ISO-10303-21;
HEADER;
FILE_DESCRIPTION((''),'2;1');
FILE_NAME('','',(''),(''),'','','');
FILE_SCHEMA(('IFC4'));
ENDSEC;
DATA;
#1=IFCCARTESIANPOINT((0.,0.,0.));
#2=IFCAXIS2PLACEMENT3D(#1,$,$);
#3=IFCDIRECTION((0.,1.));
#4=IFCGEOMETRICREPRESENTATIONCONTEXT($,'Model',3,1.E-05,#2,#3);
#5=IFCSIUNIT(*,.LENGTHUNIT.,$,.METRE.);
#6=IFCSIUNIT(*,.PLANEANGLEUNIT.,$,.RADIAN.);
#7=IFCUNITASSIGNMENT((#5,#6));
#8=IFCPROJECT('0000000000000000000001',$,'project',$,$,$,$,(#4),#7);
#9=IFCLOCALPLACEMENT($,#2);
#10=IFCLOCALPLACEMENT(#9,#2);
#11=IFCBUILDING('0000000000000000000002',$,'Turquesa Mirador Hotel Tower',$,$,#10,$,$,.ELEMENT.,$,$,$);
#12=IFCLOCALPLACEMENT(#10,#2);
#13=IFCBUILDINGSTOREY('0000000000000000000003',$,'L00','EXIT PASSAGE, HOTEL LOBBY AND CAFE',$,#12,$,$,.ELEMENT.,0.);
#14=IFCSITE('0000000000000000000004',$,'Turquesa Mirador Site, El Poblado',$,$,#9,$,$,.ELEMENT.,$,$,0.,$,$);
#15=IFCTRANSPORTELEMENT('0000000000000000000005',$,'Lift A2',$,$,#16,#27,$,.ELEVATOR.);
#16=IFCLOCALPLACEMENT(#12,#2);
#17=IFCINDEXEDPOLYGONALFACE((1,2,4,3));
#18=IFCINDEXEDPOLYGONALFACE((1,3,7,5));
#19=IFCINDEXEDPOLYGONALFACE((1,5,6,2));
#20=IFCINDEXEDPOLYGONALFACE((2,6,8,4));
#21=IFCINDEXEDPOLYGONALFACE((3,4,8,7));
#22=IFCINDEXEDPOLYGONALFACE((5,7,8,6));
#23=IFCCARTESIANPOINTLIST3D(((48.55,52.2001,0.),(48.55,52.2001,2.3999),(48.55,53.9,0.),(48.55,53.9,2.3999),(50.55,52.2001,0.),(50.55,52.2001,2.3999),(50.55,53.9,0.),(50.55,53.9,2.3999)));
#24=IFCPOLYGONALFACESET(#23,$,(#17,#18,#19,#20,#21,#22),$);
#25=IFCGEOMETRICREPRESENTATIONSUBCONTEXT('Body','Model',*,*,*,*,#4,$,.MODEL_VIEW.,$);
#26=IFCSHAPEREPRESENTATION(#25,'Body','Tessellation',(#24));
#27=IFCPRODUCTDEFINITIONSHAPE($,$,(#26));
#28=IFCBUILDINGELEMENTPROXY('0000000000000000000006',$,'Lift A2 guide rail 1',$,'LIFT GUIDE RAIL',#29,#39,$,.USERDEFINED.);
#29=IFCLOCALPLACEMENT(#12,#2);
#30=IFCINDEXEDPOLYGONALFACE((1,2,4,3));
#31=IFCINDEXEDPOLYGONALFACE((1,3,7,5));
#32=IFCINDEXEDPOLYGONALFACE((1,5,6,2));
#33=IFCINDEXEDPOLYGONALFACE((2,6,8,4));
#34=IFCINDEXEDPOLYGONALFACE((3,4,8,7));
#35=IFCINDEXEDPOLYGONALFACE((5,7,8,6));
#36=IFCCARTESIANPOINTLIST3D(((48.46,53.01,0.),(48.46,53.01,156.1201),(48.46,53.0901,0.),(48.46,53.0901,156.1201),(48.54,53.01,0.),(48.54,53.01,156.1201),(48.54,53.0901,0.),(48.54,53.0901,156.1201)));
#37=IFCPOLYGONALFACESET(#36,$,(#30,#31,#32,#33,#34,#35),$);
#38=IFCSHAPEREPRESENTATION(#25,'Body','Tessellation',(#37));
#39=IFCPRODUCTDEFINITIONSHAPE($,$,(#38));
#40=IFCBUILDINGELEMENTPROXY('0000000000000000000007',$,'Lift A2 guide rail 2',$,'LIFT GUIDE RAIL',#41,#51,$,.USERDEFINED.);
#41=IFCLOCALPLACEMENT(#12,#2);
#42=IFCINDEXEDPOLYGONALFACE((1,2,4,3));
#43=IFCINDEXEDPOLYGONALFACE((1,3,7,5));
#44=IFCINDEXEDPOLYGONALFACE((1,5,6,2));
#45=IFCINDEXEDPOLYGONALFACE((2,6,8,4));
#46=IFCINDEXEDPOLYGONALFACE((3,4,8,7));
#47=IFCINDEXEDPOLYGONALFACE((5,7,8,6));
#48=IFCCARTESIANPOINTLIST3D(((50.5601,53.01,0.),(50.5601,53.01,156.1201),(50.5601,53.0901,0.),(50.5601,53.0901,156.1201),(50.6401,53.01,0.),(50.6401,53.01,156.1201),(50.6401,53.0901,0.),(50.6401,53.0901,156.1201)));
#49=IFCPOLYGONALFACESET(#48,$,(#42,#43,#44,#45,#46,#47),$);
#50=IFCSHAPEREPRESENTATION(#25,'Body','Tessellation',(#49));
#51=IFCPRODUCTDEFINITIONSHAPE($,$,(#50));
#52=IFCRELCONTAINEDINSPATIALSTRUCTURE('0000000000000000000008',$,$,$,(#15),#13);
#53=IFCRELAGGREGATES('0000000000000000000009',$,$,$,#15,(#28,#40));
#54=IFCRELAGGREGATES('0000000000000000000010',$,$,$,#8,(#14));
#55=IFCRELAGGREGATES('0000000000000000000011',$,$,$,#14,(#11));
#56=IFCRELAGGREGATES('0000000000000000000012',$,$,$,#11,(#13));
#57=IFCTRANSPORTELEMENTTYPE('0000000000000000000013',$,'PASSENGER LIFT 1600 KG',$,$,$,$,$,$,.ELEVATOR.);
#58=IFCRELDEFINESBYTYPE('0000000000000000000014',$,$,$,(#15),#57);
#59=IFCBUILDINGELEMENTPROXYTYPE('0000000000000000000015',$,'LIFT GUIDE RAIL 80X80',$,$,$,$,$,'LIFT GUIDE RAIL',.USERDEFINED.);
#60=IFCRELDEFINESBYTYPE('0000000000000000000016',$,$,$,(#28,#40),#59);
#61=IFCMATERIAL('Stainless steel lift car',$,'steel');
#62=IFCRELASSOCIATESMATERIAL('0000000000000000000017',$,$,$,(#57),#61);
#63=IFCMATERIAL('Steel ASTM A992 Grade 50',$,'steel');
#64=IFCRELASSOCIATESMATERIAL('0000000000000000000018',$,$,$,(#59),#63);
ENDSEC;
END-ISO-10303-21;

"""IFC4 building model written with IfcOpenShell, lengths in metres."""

from ifc_helpers import new_model, si_unit, direction, frame, origin, origin_2d, place, context, subcontext, project, spatial, rectangle, extrude, material, type_object, element, aggregate, save


model = new_model("IFC4")

# Units and contexts
model_context = context("Model", 3, precision=1e-05, world=origin(), true_north=direction((0.0, 1.0)))
body_context = subcontext(model_context, "Body", "Model", "MODEL_VIEW")
ifc_project = project(units=[si_unit("LENGTHUNIT", "METRE"), si_unit("PLANEANGLEUNIT", "RADIAN")], contexts=[model_context])

# Site, building, storey
site_placement = place(None, origin())
site = spatial("IfcSite", under=ifc_project, at=site_placement, Name="Turquesa Mirador Site, El Poblado", CompositionType="ELEMENT", RefElevation=0.0)
building_placement = place(site_placement, origin())
building = spatial("IfcBuilding", under=site, at=building_placement, Name="Turquesa Mirador Hotel Tower", CompositionType="ELEMENT")
storey_placement = place(building_placement, origin())
storey = spatial("IfcBuildingStorey", under=building, at=storey_placement, Name="L00", Description="EXIT PASSAGE, HOTEL LOBBY AND CAFE", CompositionType="ELEMENT", Elevation=0.0)

# Transport element
ifc_material_1 = material(Name="Stainless steel lift car", Category="steel")
transport_element_type = type_object("IfcTransportElementType", Name="PASSENGER LIFT 1600 KG", PredefinedType="ELEVATOR", material=ifc_material_1)
transport_element_1_placement = place(storey_placement, frame((49.55, 53.05, 0.0), z_axis=(0.0, 0.0, 1.0), x_axis=(1.0, 0.0, 0.0)))
transport_element_1 = element("IfcTransportElement", 1, at=transport_element_1_placement, inside=storey, type_object=transport_element_type, Name="Lift A2", PredefinedType="ELEVATOR", context=body_context, shape_type="SweptSolid", body=[
    extrude(rectangle(XDim=2.0, YDim=1.7, at=origin_2d()), origin(), (0.0, 0.0, 1.0), 2.3999),
])

# Building element proxies
ifc_material_2 = material(Name="Steel ASTM A992 Grade 50", Category="steel")
building_element_proxy_type = type_object("IfcBuildingElementProxyType", Name="LIFT GUIDE RAIL 80X80", ElementType="LIFT GUIDE RAIL", PredefinedType="USERDEFINED", material=ifc_material_2)
proxy_1_placement = place(storey_placement, frame((48.5, 53.05, 0.0), z_axis=(0.0, 0.0, 1.0), x_axis=(1.0, 0.0, 0.0)))
proxy_1 = element("IfcBuildingElementProxy", 2, at=proxy_1_placement, type_object=building_element_proxy_type, Name="Lift A2 guide rail 1", ObjectType="LIFT GUIDE RAIL", PredefinedType="USERDEFINED", context=body_context, shape_type="SweptSolid", body=[
    extrude(rectangle(XDim=0.0801, YDim=0.0801, at=origin_2d()), origin(), (0.0, 0.0, 1.0), 156.1201),
])
proxy_2_placement = place(storey_placement, frame((50.6001, 53.05, 0.0), z_axis=(0.0, 0.0, 1.0), x_axis=(1.0, 0.0, 0.0)))
proxy_2 = element("IfcBuildingElementProxy", 3, at=proxy_2_placement, type_object=building_element_proxy_type, Name="Lift A2 guide rail 2", ObjectType="LIFT GUIDE RAIL", PredefinedType="USERDEFINED", context=body_context, shape_type="SweptSolid", body=[
    extrude(rectangle(XDim=0.0801, YDim=0.0801, at=origin_2d()), origin(), (0.0, 0.0, 1.0), 156.1201),
])
aggregate(transport_element_1, [proxy_1, proxy_2])

save(model, "model.ifc")
